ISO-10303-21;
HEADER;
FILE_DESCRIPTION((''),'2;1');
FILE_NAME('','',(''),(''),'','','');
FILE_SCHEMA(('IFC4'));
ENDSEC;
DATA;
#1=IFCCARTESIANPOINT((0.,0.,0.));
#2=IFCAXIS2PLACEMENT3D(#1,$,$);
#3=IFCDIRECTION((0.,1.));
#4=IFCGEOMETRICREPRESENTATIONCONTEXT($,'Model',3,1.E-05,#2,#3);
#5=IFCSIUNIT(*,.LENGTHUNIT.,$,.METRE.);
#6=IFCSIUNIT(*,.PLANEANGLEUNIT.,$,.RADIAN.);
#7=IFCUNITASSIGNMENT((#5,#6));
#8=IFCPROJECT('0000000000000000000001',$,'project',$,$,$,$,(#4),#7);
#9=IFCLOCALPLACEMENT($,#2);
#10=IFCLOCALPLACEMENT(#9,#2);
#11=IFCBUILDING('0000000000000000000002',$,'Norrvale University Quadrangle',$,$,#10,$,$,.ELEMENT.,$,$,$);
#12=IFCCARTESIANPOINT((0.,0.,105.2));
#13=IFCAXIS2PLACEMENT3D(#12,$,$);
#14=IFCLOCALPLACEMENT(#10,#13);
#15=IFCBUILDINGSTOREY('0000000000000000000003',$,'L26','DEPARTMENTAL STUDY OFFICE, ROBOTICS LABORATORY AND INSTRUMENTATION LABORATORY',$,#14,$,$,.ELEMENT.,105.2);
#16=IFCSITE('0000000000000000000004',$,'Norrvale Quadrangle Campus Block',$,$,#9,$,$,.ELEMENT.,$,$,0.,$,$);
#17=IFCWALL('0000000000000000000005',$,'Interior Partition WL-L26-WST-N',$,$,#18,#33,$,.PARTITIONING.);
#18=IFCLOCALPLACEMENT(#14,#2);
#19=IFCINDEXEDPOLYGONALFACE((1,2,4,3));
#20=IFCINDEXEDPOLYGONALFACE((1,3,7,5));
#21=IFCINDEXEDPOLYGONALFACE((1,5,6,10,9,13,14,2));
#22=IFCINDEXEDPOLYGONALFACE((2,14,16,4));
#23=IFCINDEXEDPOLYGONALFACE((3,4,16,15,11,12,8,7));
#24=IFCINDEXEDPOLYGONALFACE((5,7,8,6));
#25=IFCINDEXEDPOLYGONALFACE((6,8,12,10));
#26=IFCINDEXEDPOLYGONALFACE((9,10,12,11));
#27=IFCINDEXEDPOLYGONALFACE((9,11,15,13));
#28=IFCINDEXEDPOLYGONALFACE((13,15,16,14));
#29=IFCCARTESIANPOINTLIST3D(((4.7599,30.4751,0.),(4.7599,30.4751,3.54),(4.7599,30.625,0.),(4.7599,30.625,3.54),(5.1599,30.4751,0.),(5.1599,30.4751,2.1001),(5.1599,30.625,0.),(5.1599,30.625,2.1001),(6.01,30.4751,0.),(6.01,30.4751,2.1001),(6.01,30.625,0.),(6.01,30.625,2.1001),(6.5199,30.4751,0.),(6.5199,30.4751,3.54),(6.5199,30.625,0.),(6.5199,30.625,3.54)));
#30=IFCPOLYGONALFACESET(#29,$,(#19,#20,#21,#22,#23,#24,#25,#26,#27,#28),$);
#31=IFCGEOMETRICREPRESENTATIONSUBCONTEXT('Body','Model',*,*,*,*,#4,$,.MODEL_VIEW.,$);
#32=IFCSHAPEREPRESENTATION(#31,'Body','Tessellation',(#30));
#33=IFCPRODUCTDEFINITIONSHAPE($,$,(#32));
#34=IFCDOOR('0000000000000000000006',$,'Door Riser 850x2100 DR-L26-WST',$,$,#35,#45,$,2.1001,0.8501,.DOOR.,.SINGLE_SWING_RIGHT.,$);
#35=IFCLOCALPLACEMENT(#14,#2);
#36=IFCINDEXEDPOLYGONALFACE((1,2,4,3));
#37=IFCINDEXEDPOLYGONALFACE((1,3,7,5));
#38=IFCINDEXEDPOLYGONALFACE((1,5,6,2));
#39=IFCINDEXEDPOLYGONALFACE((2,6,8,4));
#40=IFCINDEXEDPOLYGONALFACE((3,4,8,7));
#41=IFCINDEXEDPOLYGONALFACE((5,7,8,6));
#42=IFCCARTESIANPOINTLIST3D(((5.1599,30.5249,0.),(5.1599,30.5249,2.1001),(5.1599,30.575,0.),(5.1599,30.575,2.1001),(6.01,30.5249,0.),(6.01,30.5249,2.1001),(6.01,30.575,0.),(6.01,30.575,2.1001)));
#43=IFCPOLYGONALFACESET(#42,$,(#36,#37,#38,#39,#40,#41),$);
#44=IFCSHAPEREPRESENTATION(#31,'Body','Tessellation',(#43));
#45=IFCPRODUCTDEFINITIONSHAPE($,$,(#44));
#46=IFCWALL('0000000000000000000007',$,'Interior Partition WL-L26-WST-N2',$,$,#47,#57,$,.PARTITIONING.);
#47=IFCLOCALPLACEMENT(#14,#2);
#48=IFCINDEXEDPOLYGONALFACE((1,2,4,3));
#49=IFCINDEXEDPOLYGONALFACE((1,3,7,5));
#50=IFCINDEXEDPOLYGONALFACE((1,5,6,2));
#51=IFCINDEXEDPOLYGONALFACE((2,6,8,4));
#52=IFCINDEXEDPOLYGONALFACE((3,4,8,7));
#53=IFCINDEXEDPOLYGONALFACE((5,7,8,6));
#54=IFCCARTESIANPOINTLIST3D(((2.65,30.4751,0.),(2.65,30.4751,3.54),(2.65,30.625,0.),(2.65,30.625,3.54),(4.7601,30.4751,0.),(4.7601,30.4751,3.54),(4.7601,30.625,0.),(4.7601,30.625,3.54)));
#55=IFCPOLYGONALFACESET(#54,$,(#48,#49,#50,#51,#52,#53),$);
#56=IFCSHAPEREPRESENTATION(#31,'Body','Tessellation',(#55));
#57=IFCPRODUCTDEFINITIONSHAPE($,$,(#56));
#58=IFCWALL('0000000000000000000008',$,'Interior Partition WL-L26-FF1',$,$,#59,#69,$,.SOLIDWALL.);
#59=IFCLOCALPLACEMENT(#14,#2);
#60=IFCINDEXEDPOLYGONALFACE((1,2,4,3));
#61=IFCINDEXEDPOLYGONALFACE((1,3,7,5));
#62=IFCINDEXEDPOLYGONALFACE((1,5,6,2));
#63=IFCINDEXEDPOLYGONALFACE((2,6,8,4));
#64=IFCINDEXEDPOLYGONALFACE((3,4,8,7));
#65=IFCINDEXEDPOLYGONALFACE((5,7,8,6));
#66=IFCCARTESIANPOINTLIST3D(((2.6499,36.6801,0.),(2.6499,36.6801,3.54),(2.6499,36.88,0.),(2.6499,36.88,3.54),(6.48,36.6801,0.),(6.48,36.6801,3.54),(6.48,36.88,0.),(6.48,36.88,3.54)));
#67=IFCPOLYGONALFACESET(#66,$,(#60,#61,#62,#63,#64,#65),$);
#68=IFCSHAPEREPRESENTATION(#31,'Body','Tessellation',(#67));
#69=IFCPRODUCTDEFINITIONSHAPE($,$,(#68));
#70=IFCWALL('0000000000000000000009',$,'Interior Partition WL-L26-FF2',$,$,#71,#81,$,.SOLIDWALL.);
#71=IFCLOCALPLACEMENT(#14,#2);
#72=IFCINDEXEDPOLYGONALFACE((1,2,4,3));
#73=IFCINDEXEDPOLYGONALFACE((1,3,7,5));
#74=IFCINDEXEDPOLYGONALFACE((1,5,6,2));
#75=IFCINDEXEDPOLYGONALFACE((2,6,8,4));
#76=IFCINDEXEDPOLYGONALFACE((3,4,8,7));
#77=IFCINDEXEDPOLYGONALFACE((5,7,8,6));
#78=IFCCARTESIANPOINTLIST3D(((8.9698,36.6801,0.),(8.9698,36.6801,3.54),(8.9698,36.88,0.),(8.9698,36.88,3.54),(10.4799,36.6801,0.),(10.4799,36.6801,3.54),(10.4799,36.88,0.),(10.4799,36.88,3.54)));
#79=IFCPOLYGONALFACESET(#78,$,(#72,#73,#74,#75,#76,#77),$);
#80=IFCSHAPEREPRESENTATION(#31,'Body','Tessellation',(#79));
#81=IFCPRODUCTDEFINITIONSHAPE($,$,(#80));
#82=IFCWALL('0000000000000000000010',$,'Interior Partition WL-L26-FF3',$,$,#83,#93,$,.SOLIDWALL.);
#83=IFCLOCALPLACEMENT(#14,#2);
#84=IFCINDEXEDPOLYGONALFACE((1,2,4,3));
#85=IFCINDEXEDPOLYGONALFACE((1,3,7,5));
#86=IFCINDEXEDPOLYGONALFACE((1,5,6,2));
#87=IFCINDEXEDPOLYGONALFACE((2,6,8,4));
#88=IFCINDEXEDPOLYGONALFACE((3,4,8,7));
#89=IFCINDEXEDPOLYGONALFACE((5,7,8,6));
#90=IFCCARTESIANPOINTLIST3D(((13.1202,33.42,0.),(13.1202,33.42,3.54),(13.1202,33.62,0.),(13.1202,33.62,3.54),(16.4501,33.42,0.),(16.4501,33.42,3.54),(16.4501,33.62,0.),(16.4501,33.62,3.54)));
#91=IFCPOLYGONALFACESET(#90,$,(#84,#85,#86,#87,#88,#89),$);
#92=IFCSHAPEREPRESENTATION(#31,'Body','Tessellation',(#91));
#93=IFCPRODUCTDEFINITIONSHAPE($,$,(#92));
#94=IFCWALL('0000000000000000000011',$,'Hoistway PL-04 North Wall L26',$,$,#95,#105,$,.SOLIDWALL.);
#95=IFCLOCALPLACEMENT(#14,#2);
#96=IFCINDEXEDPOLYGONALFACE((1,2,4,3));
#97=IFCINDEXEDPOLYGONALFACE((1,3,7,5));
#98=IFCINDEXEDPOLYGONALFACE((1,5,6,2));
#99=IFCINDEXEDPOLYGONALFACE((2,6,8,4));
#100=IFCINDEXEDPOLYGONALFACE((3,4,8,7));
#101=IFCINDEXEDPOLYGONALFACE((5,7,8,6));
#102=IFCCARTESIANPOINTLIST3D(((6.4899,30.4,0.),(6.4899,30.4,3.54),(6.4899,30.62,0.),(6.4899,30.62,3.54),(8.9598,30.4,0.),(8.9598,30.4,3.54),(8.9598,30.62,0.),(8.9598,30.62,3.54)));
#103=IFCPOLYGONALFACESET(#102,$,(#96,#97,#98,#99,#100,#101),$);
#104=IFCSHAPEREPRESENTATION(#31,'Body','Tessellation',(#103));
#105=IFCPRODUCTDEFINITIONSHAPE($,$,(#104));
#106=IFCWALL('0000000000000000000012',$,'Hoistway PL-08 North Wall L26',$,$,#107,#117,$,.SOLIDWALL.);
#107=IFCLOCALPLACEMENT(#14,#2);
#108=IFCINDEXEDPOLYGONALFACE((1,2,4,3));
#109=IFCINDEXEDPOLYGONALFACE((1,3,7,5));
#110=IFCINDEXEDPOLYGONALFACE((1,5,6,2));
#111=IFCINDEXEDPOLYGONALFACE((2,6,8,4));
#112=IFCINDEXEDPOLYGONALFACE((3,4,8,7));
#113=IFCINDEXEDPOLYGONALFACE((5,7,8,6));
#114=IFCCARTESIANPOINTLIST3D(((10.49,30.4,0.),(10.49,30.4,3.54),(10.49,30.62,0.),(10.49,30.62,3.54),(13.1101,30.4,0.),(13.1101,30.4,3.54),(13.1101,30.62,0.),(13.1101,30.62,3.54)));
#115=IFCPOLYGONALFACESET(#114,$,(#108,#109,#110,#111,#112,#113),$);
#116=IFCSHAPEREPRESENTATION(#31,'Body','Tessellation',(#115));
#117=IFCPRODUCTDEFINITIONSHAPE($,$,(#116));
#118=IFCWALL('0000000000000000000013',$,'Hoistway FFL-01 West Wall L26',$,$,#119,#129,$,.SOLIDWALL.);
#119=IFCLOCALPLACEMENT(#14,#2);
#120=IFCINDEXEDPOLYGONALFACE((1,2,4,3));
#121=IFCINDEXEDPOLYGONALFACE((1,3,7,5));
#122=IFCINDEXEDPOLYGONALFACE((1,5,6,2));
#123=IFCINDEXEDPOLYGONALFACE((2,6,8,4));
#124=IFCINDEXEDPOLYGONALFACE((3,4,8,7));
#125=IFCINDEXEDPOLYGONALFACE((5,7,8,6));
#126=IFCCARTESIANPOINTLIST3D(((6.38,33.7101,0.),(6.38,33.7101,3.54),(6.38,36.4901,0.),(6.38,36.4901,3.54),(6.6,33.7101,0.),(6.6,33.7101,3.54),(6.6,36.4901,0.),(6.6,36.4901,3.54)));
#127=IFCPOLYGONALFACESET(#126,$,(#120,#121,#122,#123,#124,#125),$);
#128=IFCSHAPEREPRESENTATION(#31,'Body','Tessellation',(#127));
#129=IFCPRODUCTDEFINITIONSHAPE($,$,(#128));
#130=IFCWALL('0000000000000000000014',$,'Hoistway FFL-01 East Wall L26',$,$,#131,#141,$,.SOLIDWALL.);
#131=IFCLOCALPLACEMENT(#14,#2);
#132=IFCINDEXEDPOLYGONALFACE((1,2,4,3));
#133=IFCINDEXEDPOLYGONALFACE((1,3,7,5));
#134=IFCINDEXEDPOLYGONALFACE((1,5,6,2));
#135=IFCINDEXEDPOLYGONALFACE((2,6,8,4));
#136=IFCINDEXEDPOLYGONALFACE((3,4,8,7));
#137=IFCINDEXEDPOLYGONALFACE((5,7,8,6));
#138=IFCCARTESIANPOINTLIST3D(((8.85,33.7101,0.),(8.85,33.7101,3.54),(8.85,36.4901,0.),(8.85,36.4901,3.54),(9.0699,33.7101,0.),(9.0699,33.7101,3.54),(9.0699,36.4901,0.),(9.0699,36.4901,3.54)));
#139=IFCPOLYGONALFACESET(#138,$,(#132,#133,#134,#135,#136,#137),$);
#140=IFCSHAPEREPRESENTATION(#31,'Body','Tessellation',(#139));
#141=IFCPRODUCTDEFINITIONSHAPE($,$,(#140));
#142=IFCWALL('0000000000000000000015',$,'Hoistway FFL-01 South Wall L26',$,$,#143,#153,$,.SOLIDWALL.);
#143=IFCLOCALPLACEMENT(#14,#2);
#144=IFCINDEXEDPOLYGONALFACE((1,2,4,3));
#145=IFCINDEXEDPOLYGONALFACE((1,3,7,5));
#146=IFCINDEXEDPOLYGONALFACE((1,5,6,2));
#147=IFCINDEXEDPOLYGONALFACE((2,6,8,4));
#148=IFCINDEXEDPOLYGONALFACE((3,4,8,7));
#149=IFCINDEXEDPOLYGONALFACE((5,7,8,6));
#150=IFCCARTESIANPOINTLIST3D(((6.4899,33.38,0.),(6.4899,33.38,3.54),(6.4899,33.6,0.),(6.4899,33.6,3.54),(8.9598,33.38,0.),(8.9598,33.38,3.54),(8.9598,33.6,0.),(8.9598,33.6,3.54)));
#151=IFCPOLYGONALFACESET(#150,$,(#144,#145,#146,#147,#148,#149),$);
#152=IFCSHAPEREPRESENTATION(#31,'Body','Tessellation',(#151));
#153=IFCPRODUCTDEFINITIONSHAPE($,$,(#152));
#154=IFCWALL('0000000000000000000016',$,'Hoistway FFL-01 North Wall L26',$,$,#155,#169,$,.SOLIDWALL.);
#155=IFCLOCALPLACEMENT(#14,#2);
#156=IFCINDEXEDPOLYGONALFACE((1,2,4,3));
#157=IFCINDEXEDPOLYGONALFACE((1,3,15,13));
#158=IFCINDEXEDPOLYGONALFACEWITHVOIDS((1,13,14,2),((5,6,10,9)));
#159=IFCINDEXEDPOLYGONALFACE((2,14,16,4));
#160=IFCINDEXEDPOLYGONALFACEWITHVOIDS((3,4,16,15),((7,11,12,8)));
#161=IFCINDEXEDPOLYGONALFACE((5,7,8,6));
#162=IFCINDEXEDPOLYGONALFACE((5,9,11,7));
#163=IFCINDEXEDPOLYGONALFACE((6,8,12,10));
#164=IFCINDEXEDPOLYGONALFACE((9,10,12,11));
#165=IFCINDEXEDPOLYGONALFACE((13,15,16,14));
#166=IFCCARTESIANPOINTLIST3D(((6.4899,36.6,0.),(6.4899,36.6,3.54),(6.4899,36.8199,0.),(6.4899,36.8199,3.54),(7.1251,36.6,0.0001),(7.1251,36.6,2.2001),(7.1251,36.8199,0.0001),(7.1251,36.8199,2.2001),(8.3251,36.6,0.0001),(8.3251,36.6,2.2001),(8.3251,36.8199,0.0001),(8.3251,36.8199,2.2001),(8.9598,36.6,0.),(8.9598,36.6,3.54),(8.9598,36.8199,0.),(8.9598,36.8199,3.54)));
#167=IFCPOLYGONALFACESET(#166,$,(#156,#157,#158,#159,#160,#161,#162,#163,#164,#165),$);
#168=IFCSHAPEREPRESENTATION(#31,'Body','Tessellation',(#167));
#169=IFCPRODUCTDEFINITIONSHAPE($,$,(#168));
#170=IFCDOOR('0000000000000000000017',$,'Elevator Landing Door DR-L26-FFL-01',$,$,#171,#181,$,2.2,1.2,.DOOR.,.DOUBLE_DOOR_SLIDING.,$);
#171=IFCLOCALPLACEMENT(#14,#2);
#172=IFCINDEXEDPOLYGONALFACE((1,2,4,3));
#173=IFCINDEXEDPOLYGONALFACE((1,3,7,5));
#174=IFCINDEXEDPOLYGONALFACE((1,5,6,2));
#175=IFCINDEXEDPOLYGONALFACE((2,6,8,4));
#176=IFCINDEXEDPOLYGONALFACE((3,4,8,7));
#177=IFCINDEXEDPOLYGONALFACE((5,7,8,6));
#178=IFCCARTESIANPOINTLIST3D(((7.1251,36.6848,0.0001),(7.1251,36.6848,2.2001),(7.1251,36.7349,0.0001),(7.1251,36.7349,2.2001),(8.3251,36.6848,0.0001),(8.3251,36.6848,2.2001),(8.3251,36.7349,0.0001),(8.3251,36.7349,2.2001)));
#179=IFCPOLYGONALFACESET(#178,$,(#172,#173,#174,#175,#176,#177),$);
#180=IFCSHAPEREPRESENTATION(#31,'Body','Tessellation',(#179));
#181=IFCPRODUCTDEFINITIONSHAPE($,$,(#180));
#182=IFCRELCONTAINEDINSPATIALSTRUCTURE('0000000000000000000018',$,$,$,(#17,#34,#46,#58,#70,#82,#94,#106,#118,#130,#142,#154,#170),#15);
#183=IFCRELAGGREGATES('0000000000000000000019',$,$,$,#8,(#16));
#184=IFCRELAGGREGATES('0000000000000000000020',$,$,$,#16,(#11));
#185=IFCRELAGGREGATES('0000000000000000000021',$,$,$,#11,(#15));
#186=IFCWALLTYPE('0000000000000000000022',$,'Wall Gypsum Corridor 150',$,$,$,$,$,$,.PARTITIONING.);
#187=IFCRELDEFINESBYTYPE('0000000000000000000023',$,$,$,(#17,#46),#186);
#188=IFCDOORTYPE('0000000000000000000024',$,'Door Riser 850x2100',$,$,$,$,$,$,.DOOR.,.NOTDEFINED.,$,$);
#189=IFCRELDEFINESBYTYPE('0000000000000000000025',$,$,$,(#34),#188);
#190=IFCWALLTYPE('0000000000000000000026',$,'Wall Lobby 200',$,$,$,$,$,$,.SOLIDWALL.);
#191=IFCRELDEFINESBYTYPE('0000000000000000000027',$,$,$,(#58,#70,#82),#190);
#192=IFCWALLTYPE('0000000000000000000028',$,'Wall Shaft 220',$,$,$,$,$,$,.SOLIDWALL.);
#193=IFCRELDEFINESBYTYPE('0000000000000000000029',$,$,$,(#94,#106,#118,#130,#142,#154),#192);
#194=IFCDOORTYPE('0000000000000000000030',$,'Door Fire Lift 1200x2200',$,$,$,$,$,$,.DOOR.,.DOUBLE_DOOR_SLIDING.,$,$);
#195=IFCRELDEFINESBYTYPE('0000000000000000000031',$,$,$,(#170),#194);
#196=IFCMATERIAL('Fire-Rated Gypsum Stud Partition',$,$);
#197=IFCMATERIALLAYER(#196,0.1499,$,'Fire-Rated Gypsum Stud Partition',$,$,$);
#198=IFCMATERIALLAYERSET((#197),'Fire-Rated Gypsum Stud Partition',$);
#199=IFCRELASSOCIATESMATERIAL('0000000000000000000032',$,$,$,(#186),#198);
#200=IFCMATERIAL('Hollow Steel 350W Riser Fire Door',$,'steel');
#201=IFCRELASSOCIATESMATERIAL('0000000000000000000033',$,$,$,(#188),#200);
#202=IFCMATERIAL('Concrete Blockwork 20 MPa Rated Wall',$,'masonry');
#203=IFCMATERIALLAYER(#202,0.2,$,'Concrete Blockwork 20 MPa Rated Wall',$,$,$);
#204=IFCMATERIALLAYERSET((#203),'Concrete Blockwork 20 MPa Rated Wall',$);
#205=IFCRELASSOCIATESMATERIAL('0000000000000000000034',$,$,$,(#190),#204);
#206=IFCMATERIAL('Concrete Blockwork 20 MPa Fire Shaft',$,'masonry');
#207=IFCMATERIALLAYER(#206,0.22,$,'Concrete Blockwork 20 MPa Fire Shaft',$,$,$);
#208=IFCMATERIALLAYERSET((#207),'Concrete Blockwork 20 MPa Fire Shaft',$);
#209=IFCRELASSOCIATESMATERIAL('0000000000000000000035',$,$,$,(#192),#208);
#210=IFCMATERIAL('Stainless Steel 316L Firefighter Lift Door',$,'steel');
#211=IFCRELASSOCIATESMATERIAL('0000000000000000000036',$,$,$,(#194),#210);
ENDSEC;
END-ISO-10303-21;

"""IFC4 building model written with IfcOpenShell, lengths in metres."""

from ifc_helpers import new_model, si_unit, direction, frame, frame_2d, origin, place, context, subcontext, project, spatial, rectangle, extrude, material, layer, layer_set, type_object, element, fill, save


model = new_model("IFC4")

# Units and contexts
model_context = context("Model", 3, precision=1e-05, world=origin(), true_north=direction((0.0, 1.0)))
body_context = subcontext(model_context, "Body", "Model", "MODEL_VIEW")
ifc_project = project(units=[si_unit("LENGTHUNIT", "METRE"), si_unit("PLANEANGLEUNIT", "RADIAN")], contexts=[model_context])

# Site, building, storey
site_placement = place(None, origin())
site = spatial("IfcSite", under=ifc_project, at=site_placement, Name="Norrvale Quadrangle Campus Block", CompositionType="ELEMENT", RefElevation=0.0)
building_placement = place(site_placement, origin())
building = spatial("IfcBuilding", under=site, at=building_placement, Name="Norrvale University Quadrangle", CompositionType="ELEMENT")
storey_placement = place(building_placement, frame((0.0, 0.0, 105.2)))
storey = spatial("IfcBuildingStorey", under=building, at=storey_placement, Name="L26", Description="DEPARTMENTAL STUDY OFFICE, ROBOTICS LABORATORY AND INSTRUMENTATION LABORATORY", CompositionType="ELEMENT", Elevation=105.2)

# Shared definitions
ifc_material_1 = material(Name="Fire-Rated Gypsum Stud Partition")
ifc_layer_1 = layer(ifc_material_1, 0.1499, Name="Fire-Rated Gypsum Stud Partition")
ifc_layer_set_1 = layer_set([ifc_layer_1], Name="Fire-Rated Gypsum Stud Partition")
wall_type_1 = type_object("IfcWallType", Name="Wall Gypsum Corridor 150", PredefinedType="PARTITIONING", material=ifc_layer_set_1)

# Wall, opening, door
ifc_material_2 = material(Name="Hollow Steel 350W Riser Fire Door", Category="steel")
door_type_1 = type_object("IfcDoorType", Name="Door Riser 850x2100", OperationType="NOTDEFINED", PredefinedType="DOOR", material=ifc_material_2)
wall_1_placement = place(storey_placement, frame((4.76, 30.55, 0.0), z_axis=(0.0, 0.0, 1.0), x_axis=(1.0, 0.0, 0.0)))
wall_1 = element("IfcWall", 1, at=wall_1_placement, inside=storey, type_object=wall_type_1, Name="Interior Partition WL-L26-WST-N", PredefinedType="PARTITIONING", context=body_context, shape_type="SweptSolid", body=[
    extrude(rectangle(XDim=1.76, YDim=0.1499, at=frame_2d((0.8799, 0.0))), origin(), (0.0, 0.0, 1.0), 3.54),
])
opening_1_placement = place(wall_1_placement, frame((0.3999, 0.0, 0.0)))
opening_1 = element("IfcOpeningElement", 2, at=opening_1_placement, cuts=wall_1, PredefinedType="OPENING", context=body_context, shape_type="SweptSolid", body=[
    extrude(rectangle(XDim=0.8501, YDim=2.1001, at=frame_2d((0.425, 1.05))), frame((0.0, 0.0869, 0.0), z_axis=(0.0, -1.0, 0.0), x_axis=(1.0, 0.0, 0.0)), (0.0, 0.0, 1.0), 0.1738),
])
door_1_placement = place(opening_1_placement, origin())
door_1 = element("IfcDoor", 3, at=door_1_placement, inside=storey, type_object=door_type_1, Name="Door Riser 850x2100 DR-L26-WST", OperationType="SINGLE_SWING_RIGHT", OverallHeight=2.1001, OverallWidth=0.8501, PredefinedType="DOOR", context=body_context, shape_type="SweptSolid", body=[
    extrude(rectangle(XDim=0.8501, YDim=2.1001, at=frame_2d((0.425, 1.05))), frame((0.0, 0.0249, 0.0), z_axis=(0.0, -1.0, 0.0), x_axis=(1.0, 0.0, 0.0)), (0.0, 0.0, 1.0), 0.05),
])
fill(opening_1, door_1)

# Walls
wall_2_placement = place(storey_placement, frame((2.6499, 30.55, 0.0), z_axis=(0.0, 0.0, 1.0), x_axis=(1.0, 0.0, 0.0)))
element("IfcWall", 4, at=wall_2_placement, inside=storey, type_object=wall_type_1, Name="Interior Partition WL-L26-WST-N2", PredefinedType="PARTITIONING", context=body_context, shape_type="SweptSolid", body=[
    extrude(rectangle(XDim=2.1101, YDim=0.1499, at=frame_2d((1.0552, 0.0))), origin(), (0.0, 0.0, 1.0), 3.54),
])
ifc_material_3 = material(Name="Concrete Blockwork 20 MPa Rated Wall", Category="masonry")
ifc_layer_2 = layer(ifc_material_3, 0.2, Name="Concrete Blockwork 20 MPa Rated Wall")
ifc_layer_set_2 = layer_set([ifc_layer_2], Name="Concrete Blockwork 20 MPa Rated Wall")
wall_type_2 = type_object("IfcWallType", Name="Wall Lobby 200", PredefinedType="SOLIDWALL", material=ifc_layer_set_2)
wall_3_placement = place(storey_placement, frame((2.6499, 36.78, 0.0), z_axis=(0.0, 0.0, 1.0), x_axis=(1.0, 0.0, 0.0)))
element("IfcWall", 5, at=wall_3_placement, inside=storey, type_object=wall_type_2, Name="Interior Partition WL-L26-FF1", PredefinedType="SOLIDWALL", context=body_context, shape_type="SweptSolid", body=[
    extrude(rectangle(XDim=3.8301, YDim=0.2, at=frame_2d((1.915, 0.0))), origin(), (0.0, 0.0, 1.0), 3.54),
])
wall_4_placement = place(storey_placement, frame((8.97, 36.78, 0.0), z_axis=(0.0, 0.0, 1.0), x_axis=(1.0, 0.0, 0.0)))
element("IfcWall", 6, at=wall_4_placement, inside=storey, type_object=wall_type_2, Name="Interior Partition WL-L26-FF2", PredefinedType="SOLIDWALL", context=body_context, shape_type="SweptSolid", body=[
    extrude(rectangle(XDim=1.51, YDim=0.2, at=frame_2d((0.7549, 0.0))), origin(), (0.0, 0.0, 1.0), 3.54),
])
wall_5_placement = place(storey_placement, frame((13.1201, 33.52, 0.0), z_axis=(0.0, 0.0, 1.0), x_axis=(1.0, 0.0, 0.0)))
element("IfcWall", 7, at=wall_5_placement, inside=storey, type_object=wall_type_2, Name="Interior Partition WL-L26-FF3", PredefinedType="SOLIDWALL", context=body_context, shape_type="SweptSolid", body=[
    extrude(rectangle(XDim=3.3298, YDim=0.2, at=frame_2d((1.665, 0.0))), origin(), (0.0, 0.0, 1.0), 3.54),
])
ifc_material_4 = material(Name="Concrete Blockwork 20 MPa Fire Shaft", Category="masonry")
ifc_layer_3 = layer(ifc_material_4, 0.22, Name="Concrete Blockwork 20 MPa Fire Shaft")
ifc_layer_set_3 = layer_set([ifc_layer_3], Name="Concrete Blockwork 20 MPa Fire Shaft")
wall_type_3 = type_object("IfcWallType", Name="Wall Shaft 220", PredefinedType="SOLIDWALL", material=ifc_layer_set_3)
wall_6_placement = place(storey_placement, frame((6.49, 30.51, 0.0), z_axis=(0.0, 0.0, 1.0), x_axis=(1.0, 0.0, 0.0)))
element("IfcWall", 8, at=wall_6_placement, inside=storey, type_object=wall_type_3, Name="Hoistway PL-04 North Wall L26", PredefinedType="SOLIDWALL", context=body_context, shape_type="SweptSolid", body=[
    extrude(rectangle(XDim=2.47, YDim=0.22, at=frame_2d((1.2349, 0.0))), origin(), (0.0, 0.0, 1.0), 3.54),
])
wall_7_placement = place(storey_placement, frame((10.49, 30.51, 0.0), z_axis=(0.0, 0.0, 1.0), x_axis=(1.0, 0.0, 0.0)))
element("IfcWall", 9, at=wall_7_placement, inside=storey, type_object=wall_type_3, Name="Hoistway PL-08 North Wall L26", PredefinedType="SOLIDWALL", context=body_context, shape_type="SweptSolid", body=[
    extrude(rectangle(XDim=2.6201, YDim=0.22, at=frame_2d((1.3101, 0.0))), origin(), (0.0, 0.0, 1.0), 3.54),
])
for number, where, z_axis, x_axis, name in (
    (10, (6.49, 33.71, 0.0), (0.0, 0.0, 1.0), (0.0, 1.0, 0.0), "Hoistway FFL-01 West Wall L26"),
    (11, (8.96, 33.71, 0.0), (0.0, 0.0, 1.0), (0.0, 1.0, 0.0), "Hoistway FFL-01 East Wall L26"),
):
    element("IfcWall", number, at=place(storey_placement, frame(where, z_axis=z_axis, x_axis=x_axis)), inside=storey, type_object=wall_type_3, Name=name, PredefinedType="SOLIDWALL", context=body_context, shape_type="SweptSolid", body=[
        extrude(rectangle(XDim=2.78, YDim=0.22, at=frame_2d((1.3901, 0.0))), origin(), (0.0, 0.0, 1.0), 3.54),
    ])
wall_8_placement = place(storey_placement, frame((6.49, 33.49, 0.0), z_axis=(0.0, 0.0, 1.0), x_axis=(1.0, 0.0, 0.0)))
element("IfcWall", 12, at=wall_8_placement, inside=storey, type_object=wall_type_3, Name="Hoistway FFL-01 South Wall L26", PredefinedType="SOLIDWALL", context=body_context, shape_type="SweptSolid", body=[
    extrude(rectangle(XDim=2.47, YDim=0.22, at=frame_2d((1.2349, 0.0))), origin(), (0.0, 0.0, 1.0), 3.54),
])

# Wall, opening, door
wall_9_placement = place(storey_placement, frame((6.49, 36.71, 0.0), z_axis=(0.0, 0.0, 1.0), x_axis=(1.0, 0.0, 0.0)))
wall_9 = element("IfcWall", 13, at=wall_9_placement, inside=storey, type_object=wall_type_3, Name="Hoistway FFL-01 North Wall L26", PredefinedType="SOLIDWALL", context=body_context, shape_type="SweptSolid", body=[
    extrude(rectangle(XDim=2.47, YDim=0.22, at=frame_2d((1.2349, 0.0))), origin(), (0.0, 0.0, 1.0), 3.54),
])
opening_2_placement = place(wall_9_placement, frame((0.635, 0.0, 0.0)))
opening_2 = element("IfcOpeningElement", 14, at=opening_2_placement, cuts=wall_9, PredefinedType="OPENING", context=body_context, shape_type="SweptSolid", body=[
    extrude(rectangle(XDim=1.2, YDim=2.2, at=frame_2d((0.6001, 1.1001))), frame((0.0, 0.1221, 0.0), z_axis=(0.0, -1.0, 0.0), x_axis=(1.0, 0.0, 0.0)), (0.0, 0.0, 1.0), 0.2439),
])
ifc_material_5 = material(Name="Stainless Steel 316L Firefighter Lift Door", Category="steel")
door_type_2 = type_object("IfcDoorType", Name="Door Fire Lift 1200x2200", OperationType="DOUBLE_DOOR_SLIDING", PredefinedType="DOOR", material=ifc_material_5)
door_2_placement = place(opening_2_placement, origin())
door_2 = element("IfcDoor", 15, at=door_2_placement, inside=storey, type_object=door_type_2, Name="Elevator Landing Door DR-L26-FFL-01", OperationType="DOUBLE_DOOR_SLIDING", OverallHeight=2.2, OverallWidth=1.2, PredefinedType="DOOR", context=body_context, shape_type="SweptSolid", body=[
    extrude(rectangle(XDim=1.2, YDim=2.2, at=frame_2d((0.6001, 1.1001))), frame((0.0, 0.0249, 0.0), z_axis=(0.0, -1.0, 0.0), x_axis=(1.0, 0.0, 0.0)), (0.0, 0.0, 1.0), 0.05),
])
fill(opening_2, door_2)

save(model, "model.ifc")
